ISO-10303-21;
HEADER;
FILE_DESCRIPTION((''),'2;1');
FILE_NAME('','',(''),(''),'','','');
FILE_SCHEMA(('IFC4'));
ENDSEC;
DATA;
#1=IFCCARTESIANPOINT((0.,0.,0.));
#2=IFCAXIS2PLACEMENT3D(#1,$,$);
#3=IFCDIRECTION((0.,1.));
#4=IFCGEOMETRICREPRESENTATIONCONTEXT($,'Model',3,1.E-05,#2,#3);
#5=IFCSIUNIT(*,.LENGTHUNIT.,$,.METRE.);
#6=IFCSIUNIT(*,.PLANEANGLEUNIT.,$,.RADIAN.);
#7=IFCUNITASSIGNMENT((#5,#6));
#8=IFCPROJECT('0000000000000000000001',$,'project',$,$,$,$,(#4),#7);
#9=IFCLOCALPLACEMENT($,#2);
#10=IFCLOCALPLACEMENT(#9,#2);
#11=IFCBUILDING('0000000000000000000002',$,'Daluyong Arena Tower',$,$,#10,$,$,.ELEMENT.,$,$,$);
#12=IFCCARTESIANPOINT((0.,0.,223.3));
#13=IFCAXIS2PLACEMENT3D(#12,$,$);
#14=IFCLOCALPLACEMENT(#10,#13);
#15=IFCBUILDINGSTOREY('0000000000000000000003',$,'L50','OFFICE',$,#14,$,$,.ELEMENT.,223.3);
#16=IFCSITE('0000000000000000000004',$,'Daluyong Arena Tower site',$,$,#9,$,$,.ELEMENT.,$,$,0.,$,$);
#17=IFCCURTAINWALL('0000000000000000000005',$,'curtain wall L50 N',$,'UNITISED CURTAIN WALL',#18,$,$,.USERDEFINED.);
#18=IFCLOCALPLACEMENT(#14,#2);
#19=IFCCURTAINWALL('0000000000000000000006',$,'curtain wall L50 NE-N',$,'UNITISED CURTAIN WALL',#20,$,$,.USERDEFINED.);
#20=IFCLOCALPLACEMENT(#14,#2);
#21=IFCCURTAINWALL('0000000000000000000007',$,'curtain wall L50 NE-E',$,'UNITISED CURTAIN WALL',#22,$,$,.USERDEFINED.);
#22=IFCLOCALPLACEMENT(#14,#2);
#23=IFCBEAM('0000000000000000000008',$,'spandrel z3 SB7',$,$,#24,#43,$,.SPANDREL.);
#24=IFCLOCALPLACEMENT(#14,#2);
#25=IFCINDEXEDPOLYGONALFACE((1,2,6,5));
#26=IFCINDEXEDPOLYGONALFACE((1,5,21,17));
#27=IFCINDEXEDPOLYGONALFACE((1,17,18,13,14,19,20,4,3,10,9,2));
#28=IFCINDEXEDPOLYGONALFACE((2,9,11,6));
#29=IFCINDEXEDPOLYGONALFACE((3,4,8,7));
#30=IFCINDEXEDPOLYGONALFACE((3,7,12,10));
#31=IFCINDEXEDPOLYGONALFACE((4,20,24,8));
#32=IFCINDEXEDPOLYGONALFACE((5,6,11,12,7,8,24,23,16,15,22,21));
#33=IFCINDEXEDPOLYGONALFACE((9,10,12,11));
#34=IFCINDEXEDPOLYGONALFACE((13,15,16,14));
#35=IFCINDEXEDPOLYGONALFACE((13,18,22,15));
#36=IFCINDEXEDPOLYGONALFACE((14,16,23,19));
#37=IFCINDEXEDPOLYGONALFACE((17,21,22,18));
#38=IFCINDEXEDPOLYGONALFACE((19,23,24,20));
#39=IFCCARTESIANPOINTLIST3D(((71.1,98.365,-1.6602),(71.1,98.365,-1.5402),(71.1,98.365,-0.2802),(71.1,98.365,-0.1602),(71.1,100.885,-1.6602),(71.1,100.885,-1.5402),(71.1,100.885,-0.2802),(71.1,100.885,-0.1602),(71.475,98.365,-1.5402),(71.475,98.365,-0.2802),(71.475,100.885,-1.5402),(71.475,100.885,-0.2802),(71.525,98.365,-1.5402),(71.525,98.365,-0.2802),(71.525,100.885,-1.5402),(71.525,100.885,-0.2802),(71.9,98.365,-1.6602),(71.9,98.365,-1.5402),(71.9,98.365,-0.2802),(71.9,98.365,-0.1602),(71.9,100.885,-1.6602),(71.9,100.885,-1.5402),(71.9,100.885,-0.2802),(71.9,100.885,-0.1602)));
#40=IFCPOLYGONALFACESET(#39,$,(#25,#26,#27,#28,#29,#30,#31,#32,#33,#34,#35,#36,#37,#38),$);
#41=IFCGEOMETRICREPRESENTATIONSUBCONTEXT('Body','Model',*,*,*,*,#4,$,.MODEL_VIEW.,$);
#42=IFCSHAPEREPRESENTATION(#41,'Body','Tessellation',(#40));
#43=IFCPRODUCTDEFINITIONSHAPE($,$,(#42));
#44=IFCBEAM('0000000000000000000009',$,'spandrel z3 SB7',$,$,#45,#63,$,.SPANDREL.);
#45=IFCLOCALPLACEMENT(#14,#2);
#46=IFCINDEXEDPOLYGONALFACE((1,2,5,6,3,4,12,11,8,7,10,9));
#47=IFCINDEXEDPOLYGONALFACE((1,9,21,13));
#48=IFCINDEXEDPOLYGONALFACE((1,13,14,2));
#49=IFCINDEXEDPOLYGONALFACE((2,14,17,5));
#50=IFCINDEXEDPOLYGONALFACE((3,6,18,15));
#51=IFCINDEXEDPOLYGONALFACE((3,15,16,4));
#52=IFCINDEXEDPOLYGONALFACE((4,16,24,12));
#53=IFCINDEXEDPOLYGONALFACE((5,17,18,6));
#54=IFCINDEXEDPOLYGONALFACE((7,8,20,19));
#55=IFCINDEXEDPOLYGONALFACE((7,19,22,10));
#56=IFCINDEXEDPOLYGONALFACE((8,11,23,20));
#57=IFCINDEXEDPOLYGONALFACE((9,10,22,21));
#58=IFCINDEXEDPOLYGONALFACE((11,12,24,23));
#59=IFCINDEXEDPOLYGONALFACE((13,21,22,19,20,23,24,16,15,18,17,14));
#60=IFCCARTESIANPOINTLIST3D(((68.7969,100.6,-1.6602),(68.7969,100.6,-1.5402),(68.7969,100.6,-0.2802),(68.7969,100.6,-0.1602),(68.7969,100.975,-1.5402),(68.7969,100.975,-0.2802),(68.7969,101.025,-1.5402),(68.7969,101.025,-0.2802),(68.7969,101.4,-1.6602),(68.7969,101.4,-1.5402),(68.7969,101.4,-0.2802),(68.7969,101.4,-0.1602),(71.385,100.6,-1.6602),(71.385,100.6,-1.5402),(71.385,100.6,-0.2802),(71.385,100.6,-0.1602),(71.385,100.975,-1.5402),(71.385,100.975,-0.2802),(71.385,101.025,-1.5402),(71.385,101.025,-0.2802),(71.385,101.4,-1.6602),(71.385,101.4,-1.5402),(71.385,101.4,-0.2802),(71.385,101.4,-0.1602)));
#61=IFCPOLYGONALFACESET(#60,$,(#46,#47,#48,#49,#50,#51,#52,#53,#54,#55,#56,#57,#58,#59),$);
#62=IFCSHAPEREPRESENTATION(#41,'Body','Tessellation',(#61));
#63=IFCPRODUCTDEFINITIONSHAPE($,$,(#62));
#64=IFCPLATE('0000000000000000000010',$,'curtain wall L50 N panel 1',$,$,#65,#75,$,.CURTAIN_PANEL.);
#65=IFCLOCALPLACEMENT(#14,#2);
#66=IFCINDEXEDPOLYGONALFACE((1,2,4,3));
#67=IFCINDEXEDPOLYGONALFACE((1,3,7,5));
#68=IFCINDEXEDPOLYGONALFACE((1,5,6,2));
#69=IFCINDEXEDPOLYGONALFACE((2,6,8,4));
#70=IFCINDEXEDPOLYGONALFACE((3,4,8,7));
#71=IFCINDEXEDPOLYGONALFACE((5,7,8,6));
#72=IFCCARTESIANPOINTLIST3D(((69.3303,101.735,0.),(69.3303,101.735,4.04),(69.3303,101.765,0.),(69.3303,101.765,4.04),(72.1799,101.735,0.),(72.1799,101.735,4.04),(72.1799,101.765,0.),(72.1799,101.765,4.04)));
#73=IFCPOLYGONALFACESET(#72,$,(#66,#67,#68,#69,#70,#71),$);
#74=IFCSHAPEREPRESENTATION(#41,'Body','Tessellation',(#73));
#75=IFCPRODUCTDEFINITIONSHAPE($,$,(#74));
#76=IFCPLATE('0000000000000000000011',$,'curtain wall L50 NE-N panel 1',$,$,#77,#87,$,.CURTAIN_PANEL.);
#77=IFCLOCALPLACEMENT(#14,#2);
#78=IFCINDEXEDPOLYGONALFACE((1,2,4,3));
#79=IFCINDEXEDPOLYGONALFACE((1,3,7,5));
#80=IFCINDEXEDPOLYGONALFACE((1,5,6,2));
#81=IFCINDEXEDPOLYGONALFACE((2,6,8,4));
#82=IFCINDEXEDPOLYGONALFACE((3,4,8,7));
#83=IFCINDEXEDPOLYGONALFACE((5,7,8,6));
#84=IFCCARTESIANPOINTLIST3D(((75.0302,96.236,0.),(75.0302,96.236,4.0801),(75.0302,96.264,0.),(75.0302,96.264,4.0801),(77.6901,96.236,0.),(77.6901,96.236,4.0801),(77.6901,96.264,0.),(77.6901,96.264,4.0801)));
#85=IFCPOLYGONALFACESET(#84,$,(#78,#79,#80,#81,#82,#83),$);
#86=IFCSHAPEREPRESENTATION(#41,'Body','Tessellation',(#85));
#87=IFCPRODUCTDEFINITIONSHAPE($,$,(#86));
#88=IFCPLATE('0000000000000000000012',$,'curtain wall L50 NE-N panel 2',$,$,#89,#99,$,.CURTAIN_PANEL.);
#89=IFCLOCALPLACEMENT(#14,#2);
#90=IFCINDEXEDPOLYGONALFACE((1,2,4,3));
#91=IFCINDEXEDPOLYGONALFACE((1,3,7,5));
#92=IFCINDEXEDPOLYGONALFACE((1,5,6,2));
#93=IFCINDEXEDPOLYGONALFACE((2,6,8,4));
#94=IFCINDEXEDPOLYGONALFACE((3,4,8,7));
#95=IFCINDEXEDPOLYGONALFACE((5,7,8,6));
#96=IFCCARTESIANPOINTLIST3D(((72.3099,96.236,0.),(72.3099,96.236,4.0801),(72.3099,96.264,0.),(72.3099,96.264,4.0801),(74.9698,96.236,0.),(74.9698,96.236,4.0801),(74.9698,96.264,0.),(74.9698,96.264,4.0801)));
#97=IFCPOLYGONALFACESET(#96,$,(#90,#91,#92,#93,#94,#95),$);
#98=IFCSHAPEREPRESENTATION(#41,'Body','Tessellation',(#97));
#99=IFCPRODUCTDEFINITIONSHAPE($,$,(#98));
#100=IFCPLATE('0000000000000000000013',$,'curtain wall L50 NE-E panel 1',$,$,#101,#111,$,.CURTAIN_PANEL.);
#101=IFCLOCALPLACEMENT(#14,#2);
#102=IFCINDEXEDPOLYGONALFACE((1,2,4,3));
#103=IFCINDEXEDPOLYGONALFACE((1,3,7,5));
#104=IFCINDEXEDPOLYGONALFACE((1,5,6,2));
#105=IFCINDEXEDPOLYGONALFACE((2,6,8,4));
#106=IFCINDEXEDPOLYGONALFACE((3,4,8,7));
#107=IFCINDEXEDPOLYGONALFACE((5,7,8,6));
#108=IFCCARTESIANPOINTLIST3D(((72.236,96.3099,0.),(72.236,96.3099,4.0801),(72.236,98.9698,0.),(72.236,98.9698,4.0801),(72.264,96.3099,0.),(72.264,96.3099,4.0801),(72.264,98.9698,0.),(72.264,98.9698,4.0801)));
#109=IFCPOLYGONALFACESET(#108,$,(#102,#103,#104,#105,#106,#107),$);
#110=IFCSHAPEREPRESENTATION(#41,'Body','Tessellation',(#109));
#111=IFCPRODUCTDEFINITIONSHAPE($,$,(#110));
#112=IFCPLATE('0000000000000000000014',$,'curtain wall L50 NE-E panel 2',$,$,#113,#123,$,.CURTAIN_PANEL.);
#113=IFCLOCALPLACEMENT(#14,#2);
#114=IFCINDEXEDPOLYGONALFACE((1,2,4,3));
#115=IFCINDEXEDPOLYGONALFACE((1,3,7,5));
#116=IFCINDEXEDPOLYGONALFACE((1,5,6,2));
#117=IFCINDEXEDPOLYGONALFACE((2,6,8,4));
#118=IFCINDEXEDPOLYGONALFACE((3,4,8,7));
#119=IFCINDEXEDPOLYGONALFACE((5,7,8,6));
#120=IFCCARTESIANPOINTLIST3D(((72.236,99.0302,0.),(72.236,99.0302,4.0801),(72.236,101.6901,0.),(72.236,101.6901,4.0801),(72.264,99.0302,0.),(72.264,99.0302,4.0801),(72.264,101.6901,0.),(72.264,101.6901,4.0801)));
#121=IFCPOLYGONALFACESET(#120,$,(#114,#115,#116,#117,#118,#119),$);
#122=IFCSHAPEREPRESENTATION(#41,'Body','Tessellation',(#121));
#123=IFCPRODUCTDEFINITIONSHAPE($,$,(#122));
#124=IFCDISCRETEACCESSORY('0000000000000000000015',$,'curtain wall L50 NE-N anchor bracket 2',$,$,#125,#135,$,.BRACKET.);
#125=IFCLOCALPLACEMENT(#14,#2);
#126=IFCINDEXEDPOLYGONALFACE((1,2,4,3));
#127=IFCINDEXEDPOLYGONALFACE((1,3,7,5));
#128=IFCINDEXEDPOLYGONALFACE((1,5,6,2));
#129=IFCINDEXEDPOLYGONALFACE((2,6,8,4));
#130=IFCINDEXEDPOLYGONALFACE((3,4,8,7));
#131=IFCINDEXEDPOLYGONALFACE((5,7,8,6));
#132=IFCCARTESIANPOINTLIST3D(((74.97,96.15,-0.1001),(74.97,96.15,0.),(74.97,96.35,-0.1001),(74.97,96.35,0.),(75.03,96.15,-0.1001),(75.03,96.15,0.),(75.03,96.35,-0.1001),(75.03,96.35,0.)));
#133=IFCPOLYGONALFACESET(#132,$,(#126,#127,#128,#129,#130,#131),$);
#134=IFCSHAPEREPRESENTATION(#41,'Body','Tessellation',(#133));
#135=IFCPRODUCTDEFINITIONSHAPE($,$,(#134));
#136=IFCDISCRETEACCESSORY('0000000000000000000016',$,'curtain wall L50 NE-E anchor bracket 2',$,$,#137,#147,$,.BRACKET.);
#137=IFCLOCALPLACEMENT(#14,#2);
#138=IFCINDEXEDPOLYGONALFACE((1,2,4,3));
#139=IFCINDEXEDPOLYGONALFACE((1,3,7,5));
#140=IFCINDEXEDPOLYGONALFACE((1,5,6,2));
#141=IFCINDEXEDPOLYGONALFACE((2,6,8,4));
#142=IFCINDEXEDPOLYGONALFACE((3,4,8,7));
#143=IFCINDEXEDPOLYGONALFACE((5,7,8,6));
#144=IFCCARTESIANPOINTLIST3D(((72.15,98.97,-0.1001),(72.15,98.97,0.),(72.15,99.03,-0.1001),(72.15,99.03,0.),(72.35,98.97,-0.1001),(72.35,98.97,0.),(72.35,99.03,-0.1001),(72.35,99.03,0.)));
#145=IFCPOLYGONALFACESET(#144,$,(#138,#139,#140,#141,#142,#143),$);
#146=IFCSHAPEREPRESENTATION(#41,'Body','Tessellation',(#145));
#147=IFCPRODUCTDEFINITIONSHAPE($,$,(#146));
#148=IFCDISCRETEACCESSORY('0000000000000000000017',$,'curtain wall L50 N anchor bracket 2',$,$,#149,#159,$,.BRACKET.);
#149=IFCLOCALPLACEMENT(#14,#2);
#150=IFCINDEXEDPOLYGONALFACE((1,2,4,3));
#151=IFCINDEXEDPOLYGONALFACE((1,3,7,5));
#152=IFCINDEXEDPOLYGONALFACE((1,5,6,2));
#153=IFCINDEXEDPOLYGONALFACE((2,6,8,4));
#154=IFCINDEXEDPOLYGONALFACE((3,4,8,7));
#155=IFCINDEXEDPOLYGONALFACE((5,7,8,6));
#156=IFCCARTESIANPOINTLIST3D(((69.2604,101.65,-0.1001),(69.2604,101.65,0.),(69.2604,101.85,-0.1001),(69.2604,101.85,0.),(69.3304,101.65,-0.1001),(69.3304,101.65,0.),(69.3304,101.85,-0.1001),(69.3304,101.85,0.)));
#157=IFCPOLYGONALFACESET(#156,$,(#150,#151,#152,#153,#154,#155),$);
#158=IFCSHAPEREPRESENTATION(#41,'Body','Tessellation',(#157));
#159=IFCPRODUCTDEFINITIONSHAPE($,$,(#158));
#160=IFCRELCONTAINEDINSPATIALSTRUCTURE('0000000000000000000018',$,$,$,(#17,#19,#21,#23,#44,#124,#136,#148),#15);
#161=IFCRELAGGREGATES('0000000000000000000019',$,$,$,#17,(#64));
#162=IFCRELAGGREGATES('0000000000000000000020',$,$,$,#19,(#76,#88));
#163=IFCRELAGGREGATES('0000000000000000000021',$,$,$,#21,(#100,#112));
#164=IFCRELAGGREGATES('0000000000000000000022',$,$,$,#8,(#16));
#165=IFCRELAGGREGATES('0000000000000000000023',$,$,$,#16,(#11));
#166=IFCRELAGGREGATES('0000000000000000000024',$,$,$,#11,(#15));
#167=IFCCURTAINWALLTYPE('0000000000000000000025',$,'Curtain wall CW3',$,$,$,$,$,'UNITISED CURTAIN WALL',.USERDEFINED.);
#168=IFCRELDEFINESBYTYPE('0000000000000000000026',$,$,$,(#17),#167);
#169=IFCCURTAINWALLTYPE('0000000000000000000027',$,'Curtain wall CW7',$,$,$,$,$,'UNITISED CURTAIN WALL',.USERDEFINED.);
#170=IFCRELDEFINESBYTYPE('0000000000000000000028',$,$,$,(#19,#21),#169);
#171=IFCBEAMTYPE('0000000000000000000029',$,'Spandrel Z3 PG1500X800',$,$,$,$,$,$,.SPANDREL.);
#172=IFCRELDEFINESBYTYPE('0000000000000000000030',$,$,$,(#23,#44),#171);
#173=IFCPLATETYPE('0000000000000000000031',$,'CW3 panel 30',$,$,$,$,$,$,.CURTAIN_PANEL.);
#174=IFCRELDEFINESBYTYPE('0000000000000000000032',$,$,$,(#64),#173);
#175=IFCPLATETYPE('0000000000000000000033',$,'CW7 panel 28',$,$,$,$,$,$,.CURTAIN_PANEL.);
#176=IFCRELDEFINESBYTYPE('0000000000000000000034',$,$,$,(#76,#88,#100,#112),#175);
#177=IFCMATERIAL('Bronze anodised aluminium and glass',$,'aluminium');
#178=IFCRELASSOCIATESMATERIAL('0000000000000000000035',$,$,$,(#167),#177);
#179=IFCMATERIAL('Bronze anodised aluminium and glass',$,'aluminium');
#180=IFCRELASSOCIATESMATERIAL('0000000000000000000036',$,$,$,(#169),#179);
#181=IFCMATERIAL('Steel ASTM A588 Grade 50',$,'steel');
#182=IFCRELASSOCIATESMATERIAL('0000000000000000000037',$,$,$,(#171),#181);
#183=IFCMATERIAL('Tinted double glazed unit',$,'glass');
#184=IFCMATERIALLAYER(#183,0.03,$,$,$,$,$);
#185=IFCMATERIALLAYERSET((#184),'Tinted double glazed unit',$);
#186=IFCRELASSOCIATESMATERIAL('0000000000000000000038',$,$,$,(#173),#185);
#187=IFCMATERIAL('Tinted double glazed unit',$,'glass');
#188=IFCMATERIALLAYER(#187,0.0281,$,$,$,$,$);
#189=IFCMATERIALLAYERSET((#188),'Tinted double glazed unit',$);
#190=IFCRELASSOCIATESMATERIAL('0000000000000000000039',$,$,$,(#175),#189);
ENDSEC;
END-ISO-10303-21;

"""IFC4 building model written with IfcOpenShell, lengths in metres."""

from ifc_helpers import new_model, si_unit, direction, frame, origin, origin_2d, place, context, subcontext, project, spatial, rectangle, i_section, extrude, material, layer, layer_set, material_profile, profile_set, type_object, element, aggregate, save


model = new_model("IFC4")

# Units and contexts
model_context = context("Model", 3, precision=1e-05, world=origin(), true_north=direction((0.0, 1.0)))
body_context = subcontext(model_context, "Body", "Model", "MODEL_VIEW")
ifc_project = project(units=[si_unit("LENGTHUNIT", "METRE"), si_unit("PLANEANGLEUNIT", "RADIAN")], contexts=[model_context])

# Site, building, storey
site_placement = place(None, origin())
site = spatial("IfcSite", under=ifc_project, at=site_placement, Name="Daluyong Arena Tower site", CompositionType="ELEMENT", RefElevation=0.0)
building_placement = place(site_placement, origin())
building = spatial("IfcBuilding", under=site, at=building_placement, Name="Daluyong Arena Tower", CompositionType="ELEMENT")
storey_placement = place(building_placement, frame((0.0, 0.0, 223.3)))
storey = spatial("IfcBuildingStorey", under=building, at=storey_placement, Name="L50", Description="OFFICE", CompositionType="ELEMENT", Elevation=223.3)

# Shared definitions
ifc_material_1 = material(Name="Bronze anodised aluminium and glass", Category="aluminium")
curtain_wall_type_1 = type_object("IfcCurtainWallType", Name="Curtain wall CW3", ElementType="UNITISED CURTAIN WALL", PredefinedType="USERDEFINED", material=ifc_material_1)

# Curtain walls
curtain_wall_1_placement = place(storey_placement, origin())
curtain_wall_1 = element("IfcCurtainWall", 1, at=curtain_wall_1_placement, inside=storey, type_object=curtain_wall_type_1, Name="curtain wall L50 N", ObjectType="UNITISED CURTAIN WALL", PredefinedType="USERDEFINED")
ifc_material_2 = material(Name="Bronze anodised aluminium and glass", Category="aluminium")
curtain_wall_type_2 = type_object("IfcCurtainWallType", Name="Curtain wall CW7", ElementType="UNITISED CURTAIN WALL", PredefinedType="USERDEFINED", material=ifc_material_2)
curtain_wall_2_placement = place(storey_placement, origin())
curtain_wall_2 = element("IfcCurtainWall", 2, at=curtain_wall_2_placement, inside=storey, type_object=curtain_wall_type_2, Name="curtain wall L50 NE-N", ObjectType="UNITISED CURTAIN WALL", PredefinedType="USERDEFINED")
curtain_wall_3_placement = place(storey_placement, origin())
curtain_wall_3 = element("IfcCurtainWall", 3, at=curtain_wall_3_placement, inside=storey, type_object=curtain_wall_type_2, Name="curtain wall L50 NE-E", ObjectType="UNITISED CURTAIN WALL", PredefinedType="USERDEFINED")

# Beams
ifc_material_3 = material(Name="Steel ASTM A588 Grade 50", Category="steel")
ifc_material_profile_1 = material_profile(ifc_material_3, i_section(OverallWidth=0.8, OverallDepth=1.5, WebThickness=0.05, FlangeThickness=0.12, at=origin_2d()))
ifc_profile_set_1 = profile_set([ifc_material_profile_1], Name="Steel ASTM A588 Grade 50")
beam_type_1 = type_object("IfcBeamType", Name="Spandrel Z3 PG1500X800", PredefinedType="SPANDREL", material=ifc_profile_set_1)
for number, where, z_axis, x_axis, name in (
    (4, (71.5, 98.365, -0.9102), (0.0, 1.0, 0.0), (-1.0, 0.0, 0.0), "spandrel z3 SB7"),
):
    element("IfcBeam", number, at=place(storey_placement, frame(where, z_axis=z_axis, x_axis=x_axis)), inside=storey, type_object=beam_type_1, Name=name, PredefinedType="SPANDREL", context=body_context, shape_type="SweptSolid", body=[
        extrude(i_section(OverallWidth=0.8, OverallDepth=1.5, WebThickness=0.05, FlangeThickness=0.12, at=origin_2d()), origin(), (0.0, 0.0, 1.0), 2.52),
    ])
beam_1_placement = place(storey_placement, frame((71.385, 101.0, -0.9102), z_axis=(-1.0, 0.0, 0.0), x_axis=(0.0, -1.0, 0.0)))
element("IfcBeam", 5, at=beam_1_placement, inside=storey, type_object=beam_type_1, Name="spandrel z3 SB7", PredefinedType="SPANDREL", context=body_context, shape_type="SweptSolid", body=[
    extrude(i_section(OverallWidth=0.8, OverallDepth=1.5, WebThickness=0.05, FlangeThickness=0.12, at=origin_2d()), origin(), (0.0, 0.0, 1.0), 2.5881),
])

# Plates
ifc_material_4 = material(Name="Tinted double glazed unit", Category="glass")
ifc_layer_1 = layer(ifc_material_4, 0.03)
ifc_layer_set_1 = layer_set([ifc_layer_1], Name="Tinted double glazed unit")
plate_type_1 = type_object("IfcPlateType", Name="CW3 panel 30", PredefinedType="CURTAIN_PANEL", material=ifc_layer_set_1)
plate_1_placement = place(storey_placement, frame((70.7551, 101.75, 0.0), z_axis=(0.0, 0.0, 1.0), x_axis=(-1.0, 0.0, 0.0)))
plate_1 = element("IfcPlate", 6, at=plate_1_placement, type_object=plate_type_1, Name="curtain wall L50 N panel 1", PredefinedType="CURTAIN_PANEL", context=body_context, shape_type="SweptSolid", body=[
    extrude(rectangle(XDim=2.8496, YDim=0.03, at=origin_2d()), origin(), (0.0, 0.0, 1.0), 4.04),
])
aggregate(curtain_wall_1, [plate_1])
ifc_material_5 = material(Name="Tinted double glazed unit", Category="glass")
ifc_layer_2 = layer(ifc_material_5, 0.0281)
ifc_layer_set_2 = layer_set([ifc_layer_2], Name="Tinted double glazed unit")
plate_type_2 = type_object("IfcPlateType", Name="CW7 panel 28", PredefinedType="CURTAIN_PANEL", material=ifc_layer_set_2)
plate_2_placement = place(storey_placement, frame((76.3601, 96.25, 0.0), z_axis=(0.0, 0.0, 1.0), x_axis=(-1.0, 0.0, 0.0)))
plate_2 = element("IfcPlate", 7, at=plate_2_placement, type_object=plate_type_2, Name="curtain wall L50 NE-N panel 1", PredefinedType="CURTAIN_PANEL", context=body_context, shape_type="SweptSolid", body=[
    extrude(rectangle(XDim=2.6599, YDim=0.0281, at=origin_2d()), origin(), (0.0, 0.0, 1.0), 4.0801),
])
plate_3_placement = place(storey_placement, frame((73.6399, 96.25, 0.0), z_axis=(0.0, 0.0, 1.0), x_axis=(-1.0, 0.0, 0.0)))
plate_3 = element("IfcPlate", 8, at=plate_3_placement, type_object=plate_type_2, Name="curtain wall L50 NE-N panel 2", PredefinedType="CURTAIN_PANEL", context=body_context, shape_type="SweptSolid", body=[
    extrude(rectangle(XDim=2.6599, YDim=0.0281, at=origin_2d()), origin(), (0.0, 0.0, 1.0), 4.0801),
])
aggregate(curtain_wall_2, [plate_2, plate_3])
plate_4_placement = place(storey_placement, frame((72.25, 97.6399, 0.0), z_axis=(0.0, 0.0, 1.0), x_axis=(0.0, 1.0, 0.0)))
plate_4 = element("IfcPlate", 9, at=plate_4_placement, type_object=plate_type_2, Name="curtain wall L50 NE-E panel 1", PredefinedType="CURTAIN_PANEL", context=body_context, shape_type="SweptSolid", body=[
    extrude(rectangle(XDim=2.6599, YDim=0.0281, at=origin_2d()), origin(), (0.0, 0.0, 1.0), 4.0801),
])
plate_5_placement = place(storey_placement, frame((72.25, 100.3601, 0.0), z_axis=(0.0, 0.0, 1.0), x_axis=(0.0, 1.0, 0.0)))
plate_5 = element("IfcPlate", 10, at=plate_5_placement, type_object=plate_type_2, Name="curtain wall L50 NE-E panel 2", PredefinedType="CURTAIN_PANEL", context=body_context, shape_type="SweptSolid", body=[
    extrude(rectangle(XDim=2.6599, YDim=0.0281, at=origin_2d()), origin(), (0.0, 0.0, 1.0), 4.0801),
])
aggregate(curtain_wall_3, [plate_4, plate_5])

# Discrete accessories
for number, where, z_axis, x_axis, name in (
    (11, (75.0, 96.25, -0.1001), (0.0, 0.0, 1.0), (-1.0, 0.0, 0.0), "curtain wall L50 NE-N anchor bracket 2"),
    (12, (72.25, 99.0, -0.1001), (0.0, 0.0, 1.0), (0.0, 1.0, 0.0), "curtain wall L50 NE-E anchor bracket 2"),
):
    element("IfcDiscreteAccessory", number, at=place(storey_placement, frame(where, z_axis=z_axis, x_axis=x_axis)), inside=storey, Name=name, PredefinedType="BRACKET", context=body_context, shape_type="SweptSolid", body=[
        extrude(rectangle(XDim=0.0601, YDim=0.2, at=origin_2d()), origin(), (0.0, 0.0, 1.0), 0.1001),
    ])
discrete_accessory_placement = place(storey_placement, frame((69.2954, 101.75, -0.1001), z_axis=(0.0, 0.0, 1.0), x_axis=(-1.0, 0.0, 0.0)))
element("IfcDiscreteAccessory", 13, at=discrete_accessory_placement, inside=storey, Name="curtain wall L50 N anchor bracket 2", PredefinedType="BRACKET", context=body_context, shape_type="SweptSolid", body=[
    extrude(rectangle(XDim=0.0701, YDim=0.2, at=origin_2d()), origin(), (0.0, 0.0, 1.0), 0.1001),
])

save(model, "model.ifc")
